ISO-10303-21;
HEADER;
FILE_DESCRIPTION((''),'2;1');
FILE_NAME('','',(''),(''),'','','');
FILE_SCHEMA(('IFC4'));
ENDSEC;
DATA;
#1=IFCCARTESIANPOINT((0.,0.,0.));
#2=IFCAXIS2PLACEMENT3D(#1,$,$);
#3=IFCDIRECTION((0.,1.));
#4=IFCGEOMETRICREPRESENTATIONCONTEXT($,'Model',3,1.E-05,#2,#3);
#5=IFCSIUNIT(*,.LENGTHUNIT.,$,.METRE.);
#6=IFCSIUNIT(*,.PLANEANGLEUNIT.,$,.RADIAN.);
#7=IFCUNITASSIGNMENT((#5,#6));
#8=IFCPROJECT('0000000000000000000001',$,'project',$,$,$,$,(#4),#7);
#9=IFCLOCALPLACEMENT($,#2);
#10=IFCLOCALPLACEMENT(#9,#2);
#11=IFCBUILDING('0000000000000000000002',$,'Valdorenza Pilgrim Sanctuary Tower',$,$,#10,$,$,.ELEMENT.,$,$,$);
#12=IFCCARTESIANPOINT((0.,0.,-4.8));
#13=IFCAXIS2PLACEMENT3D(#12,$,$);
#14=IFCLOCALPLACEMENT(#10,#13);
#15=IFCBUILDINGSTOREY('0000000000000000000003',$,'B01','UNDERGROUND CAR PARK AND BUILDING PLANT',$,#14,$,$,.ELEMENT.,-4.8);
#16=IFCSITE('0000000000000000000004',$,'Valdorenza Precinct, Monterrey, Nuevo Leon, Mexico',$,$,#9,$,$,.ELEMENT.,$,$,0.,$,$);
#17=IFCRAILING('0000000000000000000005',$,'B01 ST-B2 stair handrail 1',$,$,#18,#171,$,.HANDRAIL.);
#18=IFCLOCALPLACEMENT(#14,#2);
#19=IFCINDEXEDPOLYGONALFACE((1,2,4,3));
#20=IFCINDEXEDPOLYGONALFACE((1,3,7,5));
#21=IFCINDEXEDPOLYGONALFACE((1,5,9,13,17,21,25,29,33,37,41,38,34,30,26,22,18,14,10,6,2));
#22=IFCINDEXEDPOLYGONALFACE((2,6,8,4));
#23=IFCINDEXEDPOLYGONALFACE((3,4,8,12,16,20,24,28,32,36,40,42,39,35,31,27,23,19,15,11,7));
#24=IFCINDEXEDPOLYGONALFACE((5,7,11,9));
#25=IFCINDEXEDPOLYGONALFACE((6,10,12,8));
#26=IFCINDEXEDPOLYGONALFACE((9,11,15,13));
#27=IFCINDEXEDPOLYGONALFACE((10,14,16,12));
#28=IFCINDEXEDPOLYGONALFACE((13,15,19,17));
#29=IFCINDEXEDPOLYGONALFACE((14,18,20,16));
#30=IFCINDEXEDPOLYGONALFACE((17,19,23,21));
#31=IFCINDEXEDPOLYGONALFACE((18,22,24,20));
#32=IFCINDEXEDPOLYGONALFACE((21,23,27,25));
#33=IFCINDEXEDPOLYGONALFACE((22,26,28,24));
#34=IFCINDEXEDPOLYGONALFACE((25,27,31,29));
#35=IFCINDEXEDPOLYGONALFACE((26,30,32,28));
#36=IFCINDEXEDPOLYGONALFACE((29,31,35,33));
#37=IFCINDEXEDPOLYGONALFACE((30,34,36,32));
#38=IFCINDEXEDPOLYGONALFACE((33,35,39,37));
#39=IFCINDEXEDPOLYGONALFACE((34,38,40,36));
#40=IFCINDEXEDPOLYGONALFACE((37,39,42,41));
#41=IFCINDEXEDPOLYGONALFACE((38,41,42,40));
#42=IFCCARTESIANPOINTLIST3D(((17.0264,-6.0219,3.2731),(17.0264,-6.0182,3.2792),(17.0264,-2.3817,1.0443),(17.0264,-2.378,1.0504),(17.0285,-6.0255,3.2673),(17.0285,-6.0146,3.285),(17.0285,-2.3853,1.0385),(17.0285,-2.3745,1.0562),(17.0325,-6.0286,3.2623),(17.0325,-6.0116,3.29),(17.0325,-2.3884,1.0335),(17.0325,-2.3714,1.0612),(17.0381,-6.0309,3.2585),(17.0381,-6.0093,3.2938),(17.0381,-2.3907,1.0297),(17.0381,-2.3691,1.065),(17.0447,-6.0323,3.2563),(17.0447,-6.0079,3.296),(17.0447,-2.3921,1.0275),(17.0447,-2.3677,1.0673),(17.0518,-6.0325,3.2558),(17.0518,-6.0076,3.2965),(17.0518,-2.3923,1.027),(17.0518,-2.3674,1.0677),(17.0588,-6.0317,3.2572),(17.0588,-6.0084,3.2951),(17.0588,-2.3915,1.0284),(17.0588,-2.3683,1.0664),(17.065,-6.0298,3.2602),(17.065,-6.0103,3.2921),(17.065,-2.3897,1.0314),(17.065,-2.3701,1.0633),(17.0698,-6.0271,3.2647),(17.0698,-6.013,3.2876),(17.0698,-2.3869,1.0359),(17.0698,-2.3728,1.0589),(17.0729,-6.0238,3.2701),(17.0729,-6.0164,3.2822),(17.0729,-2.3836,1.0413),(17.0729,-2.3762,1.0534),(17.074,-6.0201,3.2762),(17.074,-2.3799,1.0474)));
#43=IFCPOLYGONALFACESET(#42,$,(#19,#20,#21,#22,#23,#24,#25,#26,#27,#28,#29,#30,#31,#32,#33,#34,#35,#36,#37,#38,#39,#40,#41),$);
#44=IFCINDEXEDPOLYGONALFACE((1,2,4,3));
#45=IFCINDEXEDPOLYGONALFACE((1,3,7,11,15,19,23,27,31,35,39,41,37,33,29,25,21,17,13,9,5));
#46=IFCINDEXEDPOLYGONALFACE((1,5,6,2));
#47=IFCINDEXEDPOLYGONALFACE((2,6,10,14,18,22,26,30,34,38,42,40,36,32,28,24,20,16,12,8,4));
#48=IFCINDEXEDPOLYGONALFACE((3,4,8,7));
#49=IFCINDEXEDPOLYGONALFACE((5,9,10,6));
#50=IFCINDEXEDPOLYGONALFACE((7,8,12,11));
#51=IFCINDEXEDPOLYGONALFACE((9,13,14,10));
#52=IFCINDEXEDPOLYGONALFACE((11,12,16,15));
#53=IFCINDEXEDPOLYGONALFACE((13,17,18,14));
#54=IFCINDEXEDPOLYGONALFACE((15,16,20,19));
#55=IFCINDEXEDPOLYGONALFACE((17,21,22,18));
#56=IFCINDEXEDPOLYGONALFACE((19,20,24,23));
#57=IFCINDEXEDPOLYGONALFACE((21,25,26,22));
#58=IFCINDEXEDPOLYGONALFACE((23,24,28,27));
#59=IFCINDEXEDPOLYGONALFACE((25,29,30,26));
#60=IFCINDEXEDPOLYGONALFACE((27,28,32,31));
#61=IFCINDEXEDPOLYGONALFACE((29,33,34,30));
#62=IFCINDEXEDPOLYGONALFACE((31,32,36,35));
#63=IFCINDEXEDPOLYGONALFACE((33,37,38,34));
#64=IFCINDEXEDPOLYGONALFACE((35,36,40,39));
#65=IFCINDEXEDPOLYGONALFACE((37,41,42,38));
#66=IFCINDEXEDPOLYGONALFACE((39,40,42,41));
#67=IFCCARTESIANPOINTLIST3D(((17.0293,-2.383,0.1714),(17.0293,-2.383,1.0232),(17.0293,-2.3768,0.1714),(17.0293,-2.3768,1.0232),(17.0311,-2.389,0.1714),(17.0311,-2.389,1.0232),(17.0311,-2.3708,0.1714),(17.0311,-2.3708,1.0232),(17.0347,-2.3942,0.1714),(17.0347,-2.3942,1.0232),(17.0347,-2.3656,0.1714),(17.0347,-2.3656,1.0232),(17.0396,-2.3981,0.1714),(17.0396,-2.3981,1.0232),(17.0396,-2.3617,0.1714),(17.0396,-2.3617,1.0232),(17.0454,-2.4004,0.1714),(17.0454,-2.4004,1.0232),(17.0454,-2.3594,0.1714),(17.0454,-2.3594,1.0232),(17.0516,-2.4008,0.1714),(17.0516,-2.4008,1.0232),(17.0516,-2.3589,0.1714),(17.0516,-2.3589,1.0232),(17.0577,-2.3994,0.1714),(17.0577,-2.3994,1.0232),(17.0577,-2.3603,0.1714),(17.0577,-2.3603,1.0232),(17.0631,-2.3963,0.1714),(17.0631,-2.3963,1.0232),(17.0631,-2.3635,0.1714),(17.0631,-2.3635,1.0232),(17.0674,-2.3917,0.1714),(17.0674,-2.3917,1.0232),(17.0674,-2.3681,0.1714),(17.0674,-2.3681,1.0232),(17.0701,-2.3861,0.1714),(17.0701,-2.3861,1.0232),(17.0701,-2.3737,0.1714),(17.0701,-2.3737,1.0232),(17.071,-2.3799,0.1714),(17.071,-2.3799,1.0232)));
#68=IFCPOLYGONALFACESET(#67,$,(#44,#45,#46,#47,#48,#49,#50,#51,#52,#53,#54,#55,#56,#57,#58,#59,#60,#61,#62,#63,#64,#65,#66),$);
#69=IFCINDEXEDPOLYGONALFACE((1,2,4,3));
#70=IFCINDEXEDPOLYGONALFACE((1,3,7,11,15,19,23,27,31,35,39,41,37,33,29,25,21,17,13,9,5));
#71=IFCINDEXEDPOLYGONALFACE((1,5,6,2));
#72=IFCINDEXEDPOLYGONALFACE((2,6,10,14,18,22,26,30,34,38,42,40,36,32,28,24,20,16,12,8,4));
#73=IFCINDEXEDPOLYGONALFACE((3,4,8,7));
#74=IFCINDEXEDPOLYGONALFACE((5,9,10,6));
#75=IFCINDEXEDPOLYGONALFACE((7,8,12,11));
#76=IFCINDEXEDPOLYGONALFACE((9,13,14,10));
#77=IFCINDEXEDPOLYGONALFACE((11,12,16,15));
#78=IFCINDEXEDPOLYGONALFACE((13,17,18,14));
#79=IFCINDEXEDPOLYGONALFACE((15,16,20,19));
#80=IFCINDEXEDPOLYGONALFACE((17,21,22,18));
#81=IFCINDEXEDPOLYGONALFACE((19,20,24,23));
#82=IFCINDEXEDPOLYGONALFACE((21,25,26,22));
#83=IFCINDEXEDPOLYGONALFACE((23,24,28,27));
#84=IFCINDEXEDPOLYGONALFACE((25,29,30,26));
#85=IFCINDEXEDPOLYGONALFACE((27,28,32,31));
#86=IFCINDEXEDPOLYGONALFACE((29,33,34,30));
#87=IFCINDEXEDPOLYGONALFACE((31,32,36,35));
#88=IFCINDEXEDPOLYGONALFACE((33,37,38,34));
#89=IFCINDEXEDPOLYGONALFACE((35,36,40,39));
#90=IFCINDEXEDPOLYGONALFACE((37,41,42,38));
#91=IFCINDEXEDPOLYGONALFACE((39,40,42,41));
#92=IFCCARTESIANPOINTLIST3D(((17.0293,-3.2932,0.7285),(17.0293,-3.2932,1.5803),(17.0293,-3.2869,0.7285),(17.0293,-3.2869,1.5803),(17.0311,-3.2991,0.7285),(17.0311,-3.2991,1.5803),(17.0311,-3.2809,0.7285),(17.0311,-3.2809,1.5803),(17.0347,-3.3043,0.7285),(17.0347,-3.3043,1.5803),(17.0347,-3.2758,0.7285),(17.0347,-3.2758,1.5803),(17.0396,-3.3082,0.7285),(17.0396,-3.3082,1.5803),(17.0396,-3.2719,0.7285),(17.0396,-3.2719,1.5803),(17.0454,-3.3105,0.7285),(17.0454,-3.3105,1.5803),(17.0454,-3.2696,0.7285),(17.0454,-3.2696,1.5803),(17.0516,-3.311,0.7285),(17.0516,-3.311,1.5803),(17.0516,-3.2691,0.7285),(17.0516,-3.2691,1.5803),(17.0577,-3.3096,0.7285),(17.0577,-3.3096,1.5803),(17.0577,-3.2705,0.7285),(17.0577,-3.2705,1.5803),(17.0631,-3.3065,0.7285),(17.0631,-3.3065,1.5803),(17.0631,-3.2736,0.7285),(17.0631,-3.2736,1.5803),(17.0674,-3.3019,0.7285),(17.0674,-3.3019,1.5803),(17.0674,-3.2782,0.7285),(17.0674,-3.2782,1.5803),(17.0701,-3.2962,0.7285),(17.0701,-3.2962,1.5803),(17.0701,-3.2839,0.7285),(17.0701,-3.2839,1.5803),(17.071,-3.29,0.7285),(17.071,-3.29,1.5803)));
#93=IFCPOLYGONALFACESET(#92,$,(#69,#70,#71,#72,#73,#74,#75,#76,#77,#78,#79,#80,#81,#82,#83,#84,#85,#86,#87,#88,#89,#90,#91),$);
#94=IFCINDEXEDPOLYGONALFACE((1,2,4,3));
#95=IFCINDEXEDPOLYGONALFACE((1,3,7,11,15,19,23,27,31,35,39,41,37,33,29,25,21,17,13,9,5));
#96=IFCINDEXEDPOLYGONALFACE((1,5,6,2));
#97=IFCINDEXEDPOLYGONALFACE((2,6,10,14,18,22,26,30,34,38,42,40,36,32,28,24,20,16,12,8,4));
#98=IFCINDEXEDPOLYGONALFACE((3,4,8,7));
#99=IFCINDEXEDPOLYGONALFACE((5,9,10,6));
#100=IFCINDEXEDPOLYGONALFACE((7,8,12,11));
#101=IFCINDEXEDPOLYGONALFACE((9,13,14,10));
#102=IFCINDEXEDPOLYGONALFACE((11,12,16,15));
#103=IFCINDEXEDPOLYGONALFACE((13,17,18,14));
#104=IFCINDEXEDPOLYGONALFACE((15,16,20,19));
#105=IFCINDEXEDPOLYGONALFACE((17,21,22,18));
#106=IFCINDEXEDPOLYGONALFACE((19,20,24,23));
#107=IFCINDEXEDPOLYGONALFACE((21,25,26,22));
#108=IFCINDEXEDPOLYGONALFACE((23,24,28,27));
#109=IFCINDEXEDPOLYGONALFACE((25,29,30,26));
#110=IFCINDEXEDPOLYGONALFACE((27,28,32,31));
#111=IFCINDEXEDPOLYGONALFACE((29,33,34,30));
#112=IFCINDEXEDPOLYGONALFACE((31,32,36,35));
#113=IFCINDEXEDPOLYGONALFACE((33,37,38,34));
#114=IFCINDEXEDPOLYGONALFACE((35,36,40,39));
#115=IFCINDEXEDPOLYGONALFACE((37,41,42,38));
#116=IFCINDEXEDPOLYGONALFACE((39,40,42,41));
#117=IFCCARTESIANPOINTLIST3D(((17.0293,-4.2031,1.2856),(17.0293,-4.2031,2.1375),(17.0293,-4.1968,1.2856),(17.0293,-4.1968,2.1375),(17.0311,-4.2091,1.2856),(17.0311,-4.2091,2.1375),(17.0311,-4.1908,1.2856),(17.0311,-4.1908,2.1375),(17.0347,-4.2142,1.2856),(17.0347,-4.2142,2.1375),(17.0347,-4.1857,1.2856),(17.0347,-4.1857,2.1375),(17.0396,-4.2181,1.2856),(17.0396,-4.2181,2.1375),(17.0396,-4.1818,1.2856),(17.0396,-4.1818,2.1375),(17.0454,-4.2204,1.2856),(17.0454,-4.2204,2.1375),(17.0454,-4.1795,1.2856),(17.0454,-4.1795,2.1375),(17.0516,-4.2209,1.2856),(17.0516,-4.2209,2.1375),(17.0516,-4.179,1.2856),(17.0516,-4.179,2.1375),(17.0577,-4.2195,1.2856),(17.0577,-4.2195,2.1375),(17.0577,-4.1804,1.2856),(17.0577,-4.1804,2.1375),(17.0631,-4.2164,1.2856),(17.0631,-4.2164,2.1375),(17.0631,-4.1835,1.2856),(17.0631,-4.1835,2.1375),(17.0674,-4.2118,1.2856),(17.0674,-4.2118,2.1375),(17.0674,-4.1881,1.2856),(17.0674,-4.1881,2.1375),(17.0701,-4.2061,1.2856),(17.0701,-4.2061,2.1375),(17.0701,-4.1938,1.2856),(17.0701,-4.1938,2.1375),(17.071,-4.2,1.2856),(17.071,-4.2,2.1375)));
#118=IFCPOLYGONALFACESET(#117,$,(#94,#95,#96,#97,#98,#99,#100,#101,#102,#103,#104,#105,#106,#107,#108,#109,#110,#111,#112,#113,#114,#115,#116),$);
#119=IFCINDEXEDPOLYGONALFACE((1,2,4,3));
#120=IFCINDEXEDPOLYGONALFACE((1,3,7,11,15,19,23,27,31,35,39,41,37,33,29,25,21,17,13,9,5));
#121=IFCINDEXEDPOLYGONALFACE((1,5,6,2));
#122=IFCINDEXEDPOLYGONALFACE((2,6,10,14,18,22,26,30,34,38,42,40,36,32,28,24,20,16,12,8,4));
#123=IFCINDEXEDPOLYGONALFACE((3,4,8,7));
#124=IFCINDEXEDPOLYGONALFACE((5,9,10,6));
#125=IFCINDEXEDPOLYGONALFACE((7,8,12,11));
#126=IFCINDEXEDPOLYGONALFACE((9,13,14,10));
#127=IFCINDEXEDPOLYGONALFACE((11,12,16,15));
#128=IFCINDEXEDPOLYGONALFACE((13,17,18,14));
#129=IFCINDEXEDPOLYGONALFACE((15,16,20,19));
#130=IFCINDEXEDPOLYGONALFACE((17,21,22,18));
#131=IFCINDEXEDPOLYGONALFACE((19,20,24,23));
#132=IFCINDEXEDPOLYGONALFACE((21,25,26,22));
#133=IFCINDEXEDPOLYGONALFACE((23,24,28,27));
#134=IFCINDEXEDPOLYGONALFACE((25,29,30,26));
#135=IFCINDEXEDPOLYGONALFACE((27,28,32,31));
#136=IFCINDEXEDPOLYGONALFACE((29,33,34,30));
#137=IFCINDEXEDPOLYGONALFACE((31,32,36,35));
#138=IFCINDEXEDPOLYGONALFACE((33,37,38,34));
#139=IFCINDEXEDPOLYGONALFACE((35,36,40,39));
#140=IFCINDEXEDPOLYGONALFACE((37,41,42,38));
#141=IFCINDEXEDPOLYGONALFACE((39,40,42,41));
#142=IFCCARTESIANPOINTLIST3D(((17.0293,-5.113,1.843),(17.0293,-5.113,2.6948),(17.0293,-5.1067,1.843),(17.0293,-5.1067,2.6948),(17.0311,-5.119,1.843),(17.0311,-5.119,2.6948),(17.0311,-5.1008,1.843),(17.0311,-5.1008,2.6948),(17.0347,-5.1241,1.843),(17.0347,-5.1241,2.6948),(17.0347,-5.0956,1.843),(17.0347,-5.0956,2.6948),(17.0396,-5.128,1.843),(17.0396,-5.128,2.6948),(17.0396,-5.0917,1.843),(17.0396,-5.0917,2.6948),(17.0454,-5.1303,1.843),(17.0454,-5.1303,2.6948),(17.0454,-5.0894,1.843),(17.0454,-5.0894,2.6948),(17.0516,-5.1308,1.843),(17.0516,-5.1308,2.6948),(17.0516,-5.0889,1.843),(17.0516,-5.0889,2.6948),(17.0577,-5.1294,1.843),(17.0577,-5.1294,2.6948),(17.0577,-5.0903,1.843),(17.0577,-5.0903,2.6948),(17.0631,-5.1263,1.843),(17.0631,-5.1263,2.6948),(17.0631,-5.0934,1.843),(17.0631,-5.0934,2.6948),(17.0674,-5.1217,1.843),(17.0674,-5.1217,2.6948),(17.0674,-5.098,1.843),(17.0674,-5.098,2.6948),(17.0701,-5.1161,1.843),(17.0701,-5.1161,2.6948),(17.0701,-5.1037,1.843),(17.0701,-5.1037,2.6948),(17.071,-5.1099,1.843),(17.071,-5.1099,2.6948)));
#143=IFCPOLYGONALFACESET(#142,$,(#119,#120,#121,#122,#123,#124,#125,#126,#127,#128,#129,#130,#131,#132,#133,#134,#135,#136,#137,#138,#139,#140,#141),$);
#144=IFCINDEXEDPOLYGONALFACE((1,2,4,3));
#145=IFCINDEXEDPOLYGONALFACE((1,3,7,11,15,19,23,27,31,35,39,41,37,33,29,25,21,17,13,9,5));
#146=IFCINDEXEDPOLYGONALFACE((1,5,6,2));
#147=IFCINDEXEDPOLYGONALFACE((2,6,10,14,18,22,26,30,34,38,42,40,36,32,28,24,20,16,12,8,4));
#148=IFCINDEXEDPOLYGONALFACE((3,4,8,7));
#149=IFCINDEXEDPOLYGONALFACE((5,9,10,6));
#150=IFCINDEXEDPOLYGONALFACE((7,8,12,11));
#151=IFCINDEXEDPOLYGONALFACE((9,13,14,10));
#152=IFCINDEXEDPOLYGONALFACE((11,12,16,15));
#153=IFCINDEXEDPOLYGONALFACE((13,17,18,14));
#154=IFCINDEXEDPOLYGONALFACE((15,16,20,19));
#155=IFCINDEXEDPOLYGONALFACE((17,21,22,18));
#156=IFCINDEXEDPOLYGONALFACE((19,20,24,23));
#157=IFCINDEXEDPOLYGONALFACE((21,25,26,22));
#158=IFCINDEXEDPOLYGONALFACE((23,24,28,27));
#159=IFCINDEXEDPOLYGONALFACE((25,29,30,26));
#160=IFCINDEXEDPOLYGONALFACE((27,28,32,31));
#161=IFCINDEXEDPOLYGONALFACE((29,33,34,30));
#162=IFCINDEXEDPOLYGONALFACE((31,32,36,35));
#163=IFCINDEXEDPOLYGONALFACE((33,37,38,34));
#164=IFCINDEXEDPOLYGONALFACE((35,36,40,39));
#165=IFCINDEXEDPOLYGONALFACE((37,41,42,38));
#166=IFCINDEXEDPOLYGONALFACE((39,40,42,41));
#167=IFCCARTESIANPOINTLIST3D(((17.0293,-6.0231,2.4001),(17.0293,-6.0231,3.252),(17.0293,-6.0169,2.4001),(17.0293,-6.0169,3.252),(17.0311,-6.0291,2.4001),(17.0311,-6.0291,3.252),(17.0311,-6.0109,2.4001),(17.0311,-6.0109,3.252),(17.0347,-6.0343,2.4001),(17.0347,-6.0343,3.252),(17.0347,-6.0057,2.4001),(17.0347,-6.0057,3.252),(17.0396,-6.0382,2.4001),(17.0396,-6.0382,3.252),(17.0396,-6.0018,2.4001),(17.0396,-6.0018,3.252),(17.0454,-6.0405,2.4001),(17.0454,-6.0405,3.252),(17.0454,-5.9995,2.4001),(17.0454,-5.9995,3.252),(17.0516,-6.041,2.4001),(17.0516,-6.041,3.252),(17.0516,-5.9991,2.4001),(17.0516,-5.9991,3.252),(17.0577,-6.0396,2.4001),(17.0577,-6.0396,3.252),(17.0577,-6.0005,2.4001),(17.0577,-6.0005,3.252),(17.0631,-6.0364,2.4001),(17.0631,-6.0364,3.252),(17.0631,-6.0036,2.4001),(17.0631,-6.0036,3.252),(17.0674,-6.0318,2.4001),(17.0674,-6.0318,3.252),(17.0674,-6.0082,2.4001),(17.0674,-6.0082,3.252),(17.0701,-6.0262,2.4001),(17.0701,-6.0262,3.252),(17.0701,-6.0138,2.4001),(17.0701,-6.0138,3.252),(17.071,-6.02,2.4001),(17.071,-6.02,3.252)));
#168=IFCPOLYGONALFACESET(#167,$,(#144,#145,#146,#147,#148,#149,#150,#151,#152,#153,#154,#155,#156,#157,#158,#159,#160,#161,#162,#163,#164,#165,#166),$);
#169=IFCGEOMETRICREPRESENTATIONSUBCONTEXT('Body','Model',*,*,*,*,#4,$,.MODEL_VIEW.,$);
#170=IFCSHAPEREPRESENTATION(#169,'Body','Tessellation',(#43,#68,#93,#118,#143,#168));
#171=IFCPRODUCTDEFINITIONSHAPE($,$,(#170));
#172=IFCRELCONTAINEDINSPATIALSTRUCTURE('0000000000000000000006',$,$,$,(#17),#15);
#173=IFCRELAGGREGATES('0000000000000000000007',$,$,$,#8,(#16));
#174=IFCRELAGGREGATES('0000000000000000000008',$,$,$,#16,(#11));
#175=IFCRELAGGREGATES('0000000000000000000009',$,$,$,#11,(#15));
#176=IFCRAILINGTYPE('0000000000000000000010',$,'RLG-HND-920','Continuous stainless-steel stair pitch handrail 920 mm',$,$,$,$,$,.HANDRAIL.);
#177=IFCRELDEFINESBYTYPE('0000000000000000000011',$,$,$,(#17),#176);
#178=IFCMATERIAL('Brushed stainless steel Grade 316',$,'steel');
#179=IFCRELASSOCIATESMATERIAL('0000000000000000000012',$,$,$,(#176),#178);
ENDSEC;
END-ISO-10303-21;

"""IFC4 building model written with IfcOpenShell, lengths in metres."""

from ifc_helpers import new_model, si_unit, direction, frame, origin, origin_2d, place, context, subcontext, project, spatial, circle, extrude, material, type_object, element, save


model = new_model("IFC4")

# Units and contexts
model_context = context("Model", 3, precision=1e-05, world=origin(), true_north=direction((0.0, 1.0)))
body_context = subcontext(model_context, "Body", "Model", "MODEL_VIEW")
ifc_project = project(units=[si_unit("LENGTHUNIT", "METRE"), si_unit("PLANEANGLEUNIT", "RADIAN")], contexts=[model_context])

# Site, building, storey
site_placement = place(None, origin())
site = spatial("IfcSite", under=ifc_project, at=site_placement, Name="Valdorenza Precinct, Monterrey, Nuevo Leon, Mexico", CompositionType="ELEMENT", RefElevation=0.0)
building_placement = place(site_placement, origin())
building = spatial("IfcBuilding", under=site, at=building_placement, Name="Valdorenza Pilgrim Sanctuary Tower", CompositionType="ELEMENT")
storey_placement = place(building_placement, frame((0.0, 0.0, -4.8)))
storey = spatial("IfcBuildingStorey", under=building, at=storey_placement, Name="B01", Description="UNDERGROUND CAR PARK AND BUILDING PLANT", CompositionType="ELEMENT", Elevation=-4.8)

# Railing
ifc_material_1 = material(Name="Brushed stainless steel Grade 316", Category="steel")
railing_type_1 = type_object("IfcRailingType", Name="RLG-HND-920", Description="Continuous stainless-steel stair pitch handrail 920 mm", PredefinedType="HANDRAIL", material=ifc_material_1)
railing_1_placement = place(storey_placement, frame((17.05, -2.3799, 0.1714)))
element("IfcRailing", 1, at=railing_1_placement, inside=storey, type_object=railing_type_1, Name="B01 ST-B2 stair handrail 1", PredefinedType="HANDRAIL", context=body_context, shape_type="SweptSolid", body=[
    extrude(circle(Radius=0.0239, at=origin_2d()), frame((0.0, 0.0, 0.876), z_axis=(0.0, -0.85284, 0.522172), x_axis=(1.0, 0.0, 0.0)), (0.0, 0.0, 1.0), 4.2683),
    extrude(circle(Radius=0.021, at=origin_2d()), origin(), (0.0, 0.0, 1.0), 0.8518),
    extrude(circle(Radius=0.021, at=origin_2d()), frame((0.0, -0.9102, 0.5571)), (0.0, 0.0, 1.0), 0.8518),
    extrude(circle(Radius=0.021, at=origin_2d()), frame((0.0, -1.8201, 1.1143)), (0.0, 0.0, 1.0), 0.8518),
    extrude(circle(Radius=0.021, at=origin_2d()), frame((0.0, -2.73, 1.6716)), (0.0, 0.0, 1.0), 0.8518),
    extrude(circle(Radius=0.021, at=origin_2d()), frame((0.0, -3.6401, 2.2288)), (0.0, 0.0, 1.0), 0.8518),
])

save(model, "model.ifc")
